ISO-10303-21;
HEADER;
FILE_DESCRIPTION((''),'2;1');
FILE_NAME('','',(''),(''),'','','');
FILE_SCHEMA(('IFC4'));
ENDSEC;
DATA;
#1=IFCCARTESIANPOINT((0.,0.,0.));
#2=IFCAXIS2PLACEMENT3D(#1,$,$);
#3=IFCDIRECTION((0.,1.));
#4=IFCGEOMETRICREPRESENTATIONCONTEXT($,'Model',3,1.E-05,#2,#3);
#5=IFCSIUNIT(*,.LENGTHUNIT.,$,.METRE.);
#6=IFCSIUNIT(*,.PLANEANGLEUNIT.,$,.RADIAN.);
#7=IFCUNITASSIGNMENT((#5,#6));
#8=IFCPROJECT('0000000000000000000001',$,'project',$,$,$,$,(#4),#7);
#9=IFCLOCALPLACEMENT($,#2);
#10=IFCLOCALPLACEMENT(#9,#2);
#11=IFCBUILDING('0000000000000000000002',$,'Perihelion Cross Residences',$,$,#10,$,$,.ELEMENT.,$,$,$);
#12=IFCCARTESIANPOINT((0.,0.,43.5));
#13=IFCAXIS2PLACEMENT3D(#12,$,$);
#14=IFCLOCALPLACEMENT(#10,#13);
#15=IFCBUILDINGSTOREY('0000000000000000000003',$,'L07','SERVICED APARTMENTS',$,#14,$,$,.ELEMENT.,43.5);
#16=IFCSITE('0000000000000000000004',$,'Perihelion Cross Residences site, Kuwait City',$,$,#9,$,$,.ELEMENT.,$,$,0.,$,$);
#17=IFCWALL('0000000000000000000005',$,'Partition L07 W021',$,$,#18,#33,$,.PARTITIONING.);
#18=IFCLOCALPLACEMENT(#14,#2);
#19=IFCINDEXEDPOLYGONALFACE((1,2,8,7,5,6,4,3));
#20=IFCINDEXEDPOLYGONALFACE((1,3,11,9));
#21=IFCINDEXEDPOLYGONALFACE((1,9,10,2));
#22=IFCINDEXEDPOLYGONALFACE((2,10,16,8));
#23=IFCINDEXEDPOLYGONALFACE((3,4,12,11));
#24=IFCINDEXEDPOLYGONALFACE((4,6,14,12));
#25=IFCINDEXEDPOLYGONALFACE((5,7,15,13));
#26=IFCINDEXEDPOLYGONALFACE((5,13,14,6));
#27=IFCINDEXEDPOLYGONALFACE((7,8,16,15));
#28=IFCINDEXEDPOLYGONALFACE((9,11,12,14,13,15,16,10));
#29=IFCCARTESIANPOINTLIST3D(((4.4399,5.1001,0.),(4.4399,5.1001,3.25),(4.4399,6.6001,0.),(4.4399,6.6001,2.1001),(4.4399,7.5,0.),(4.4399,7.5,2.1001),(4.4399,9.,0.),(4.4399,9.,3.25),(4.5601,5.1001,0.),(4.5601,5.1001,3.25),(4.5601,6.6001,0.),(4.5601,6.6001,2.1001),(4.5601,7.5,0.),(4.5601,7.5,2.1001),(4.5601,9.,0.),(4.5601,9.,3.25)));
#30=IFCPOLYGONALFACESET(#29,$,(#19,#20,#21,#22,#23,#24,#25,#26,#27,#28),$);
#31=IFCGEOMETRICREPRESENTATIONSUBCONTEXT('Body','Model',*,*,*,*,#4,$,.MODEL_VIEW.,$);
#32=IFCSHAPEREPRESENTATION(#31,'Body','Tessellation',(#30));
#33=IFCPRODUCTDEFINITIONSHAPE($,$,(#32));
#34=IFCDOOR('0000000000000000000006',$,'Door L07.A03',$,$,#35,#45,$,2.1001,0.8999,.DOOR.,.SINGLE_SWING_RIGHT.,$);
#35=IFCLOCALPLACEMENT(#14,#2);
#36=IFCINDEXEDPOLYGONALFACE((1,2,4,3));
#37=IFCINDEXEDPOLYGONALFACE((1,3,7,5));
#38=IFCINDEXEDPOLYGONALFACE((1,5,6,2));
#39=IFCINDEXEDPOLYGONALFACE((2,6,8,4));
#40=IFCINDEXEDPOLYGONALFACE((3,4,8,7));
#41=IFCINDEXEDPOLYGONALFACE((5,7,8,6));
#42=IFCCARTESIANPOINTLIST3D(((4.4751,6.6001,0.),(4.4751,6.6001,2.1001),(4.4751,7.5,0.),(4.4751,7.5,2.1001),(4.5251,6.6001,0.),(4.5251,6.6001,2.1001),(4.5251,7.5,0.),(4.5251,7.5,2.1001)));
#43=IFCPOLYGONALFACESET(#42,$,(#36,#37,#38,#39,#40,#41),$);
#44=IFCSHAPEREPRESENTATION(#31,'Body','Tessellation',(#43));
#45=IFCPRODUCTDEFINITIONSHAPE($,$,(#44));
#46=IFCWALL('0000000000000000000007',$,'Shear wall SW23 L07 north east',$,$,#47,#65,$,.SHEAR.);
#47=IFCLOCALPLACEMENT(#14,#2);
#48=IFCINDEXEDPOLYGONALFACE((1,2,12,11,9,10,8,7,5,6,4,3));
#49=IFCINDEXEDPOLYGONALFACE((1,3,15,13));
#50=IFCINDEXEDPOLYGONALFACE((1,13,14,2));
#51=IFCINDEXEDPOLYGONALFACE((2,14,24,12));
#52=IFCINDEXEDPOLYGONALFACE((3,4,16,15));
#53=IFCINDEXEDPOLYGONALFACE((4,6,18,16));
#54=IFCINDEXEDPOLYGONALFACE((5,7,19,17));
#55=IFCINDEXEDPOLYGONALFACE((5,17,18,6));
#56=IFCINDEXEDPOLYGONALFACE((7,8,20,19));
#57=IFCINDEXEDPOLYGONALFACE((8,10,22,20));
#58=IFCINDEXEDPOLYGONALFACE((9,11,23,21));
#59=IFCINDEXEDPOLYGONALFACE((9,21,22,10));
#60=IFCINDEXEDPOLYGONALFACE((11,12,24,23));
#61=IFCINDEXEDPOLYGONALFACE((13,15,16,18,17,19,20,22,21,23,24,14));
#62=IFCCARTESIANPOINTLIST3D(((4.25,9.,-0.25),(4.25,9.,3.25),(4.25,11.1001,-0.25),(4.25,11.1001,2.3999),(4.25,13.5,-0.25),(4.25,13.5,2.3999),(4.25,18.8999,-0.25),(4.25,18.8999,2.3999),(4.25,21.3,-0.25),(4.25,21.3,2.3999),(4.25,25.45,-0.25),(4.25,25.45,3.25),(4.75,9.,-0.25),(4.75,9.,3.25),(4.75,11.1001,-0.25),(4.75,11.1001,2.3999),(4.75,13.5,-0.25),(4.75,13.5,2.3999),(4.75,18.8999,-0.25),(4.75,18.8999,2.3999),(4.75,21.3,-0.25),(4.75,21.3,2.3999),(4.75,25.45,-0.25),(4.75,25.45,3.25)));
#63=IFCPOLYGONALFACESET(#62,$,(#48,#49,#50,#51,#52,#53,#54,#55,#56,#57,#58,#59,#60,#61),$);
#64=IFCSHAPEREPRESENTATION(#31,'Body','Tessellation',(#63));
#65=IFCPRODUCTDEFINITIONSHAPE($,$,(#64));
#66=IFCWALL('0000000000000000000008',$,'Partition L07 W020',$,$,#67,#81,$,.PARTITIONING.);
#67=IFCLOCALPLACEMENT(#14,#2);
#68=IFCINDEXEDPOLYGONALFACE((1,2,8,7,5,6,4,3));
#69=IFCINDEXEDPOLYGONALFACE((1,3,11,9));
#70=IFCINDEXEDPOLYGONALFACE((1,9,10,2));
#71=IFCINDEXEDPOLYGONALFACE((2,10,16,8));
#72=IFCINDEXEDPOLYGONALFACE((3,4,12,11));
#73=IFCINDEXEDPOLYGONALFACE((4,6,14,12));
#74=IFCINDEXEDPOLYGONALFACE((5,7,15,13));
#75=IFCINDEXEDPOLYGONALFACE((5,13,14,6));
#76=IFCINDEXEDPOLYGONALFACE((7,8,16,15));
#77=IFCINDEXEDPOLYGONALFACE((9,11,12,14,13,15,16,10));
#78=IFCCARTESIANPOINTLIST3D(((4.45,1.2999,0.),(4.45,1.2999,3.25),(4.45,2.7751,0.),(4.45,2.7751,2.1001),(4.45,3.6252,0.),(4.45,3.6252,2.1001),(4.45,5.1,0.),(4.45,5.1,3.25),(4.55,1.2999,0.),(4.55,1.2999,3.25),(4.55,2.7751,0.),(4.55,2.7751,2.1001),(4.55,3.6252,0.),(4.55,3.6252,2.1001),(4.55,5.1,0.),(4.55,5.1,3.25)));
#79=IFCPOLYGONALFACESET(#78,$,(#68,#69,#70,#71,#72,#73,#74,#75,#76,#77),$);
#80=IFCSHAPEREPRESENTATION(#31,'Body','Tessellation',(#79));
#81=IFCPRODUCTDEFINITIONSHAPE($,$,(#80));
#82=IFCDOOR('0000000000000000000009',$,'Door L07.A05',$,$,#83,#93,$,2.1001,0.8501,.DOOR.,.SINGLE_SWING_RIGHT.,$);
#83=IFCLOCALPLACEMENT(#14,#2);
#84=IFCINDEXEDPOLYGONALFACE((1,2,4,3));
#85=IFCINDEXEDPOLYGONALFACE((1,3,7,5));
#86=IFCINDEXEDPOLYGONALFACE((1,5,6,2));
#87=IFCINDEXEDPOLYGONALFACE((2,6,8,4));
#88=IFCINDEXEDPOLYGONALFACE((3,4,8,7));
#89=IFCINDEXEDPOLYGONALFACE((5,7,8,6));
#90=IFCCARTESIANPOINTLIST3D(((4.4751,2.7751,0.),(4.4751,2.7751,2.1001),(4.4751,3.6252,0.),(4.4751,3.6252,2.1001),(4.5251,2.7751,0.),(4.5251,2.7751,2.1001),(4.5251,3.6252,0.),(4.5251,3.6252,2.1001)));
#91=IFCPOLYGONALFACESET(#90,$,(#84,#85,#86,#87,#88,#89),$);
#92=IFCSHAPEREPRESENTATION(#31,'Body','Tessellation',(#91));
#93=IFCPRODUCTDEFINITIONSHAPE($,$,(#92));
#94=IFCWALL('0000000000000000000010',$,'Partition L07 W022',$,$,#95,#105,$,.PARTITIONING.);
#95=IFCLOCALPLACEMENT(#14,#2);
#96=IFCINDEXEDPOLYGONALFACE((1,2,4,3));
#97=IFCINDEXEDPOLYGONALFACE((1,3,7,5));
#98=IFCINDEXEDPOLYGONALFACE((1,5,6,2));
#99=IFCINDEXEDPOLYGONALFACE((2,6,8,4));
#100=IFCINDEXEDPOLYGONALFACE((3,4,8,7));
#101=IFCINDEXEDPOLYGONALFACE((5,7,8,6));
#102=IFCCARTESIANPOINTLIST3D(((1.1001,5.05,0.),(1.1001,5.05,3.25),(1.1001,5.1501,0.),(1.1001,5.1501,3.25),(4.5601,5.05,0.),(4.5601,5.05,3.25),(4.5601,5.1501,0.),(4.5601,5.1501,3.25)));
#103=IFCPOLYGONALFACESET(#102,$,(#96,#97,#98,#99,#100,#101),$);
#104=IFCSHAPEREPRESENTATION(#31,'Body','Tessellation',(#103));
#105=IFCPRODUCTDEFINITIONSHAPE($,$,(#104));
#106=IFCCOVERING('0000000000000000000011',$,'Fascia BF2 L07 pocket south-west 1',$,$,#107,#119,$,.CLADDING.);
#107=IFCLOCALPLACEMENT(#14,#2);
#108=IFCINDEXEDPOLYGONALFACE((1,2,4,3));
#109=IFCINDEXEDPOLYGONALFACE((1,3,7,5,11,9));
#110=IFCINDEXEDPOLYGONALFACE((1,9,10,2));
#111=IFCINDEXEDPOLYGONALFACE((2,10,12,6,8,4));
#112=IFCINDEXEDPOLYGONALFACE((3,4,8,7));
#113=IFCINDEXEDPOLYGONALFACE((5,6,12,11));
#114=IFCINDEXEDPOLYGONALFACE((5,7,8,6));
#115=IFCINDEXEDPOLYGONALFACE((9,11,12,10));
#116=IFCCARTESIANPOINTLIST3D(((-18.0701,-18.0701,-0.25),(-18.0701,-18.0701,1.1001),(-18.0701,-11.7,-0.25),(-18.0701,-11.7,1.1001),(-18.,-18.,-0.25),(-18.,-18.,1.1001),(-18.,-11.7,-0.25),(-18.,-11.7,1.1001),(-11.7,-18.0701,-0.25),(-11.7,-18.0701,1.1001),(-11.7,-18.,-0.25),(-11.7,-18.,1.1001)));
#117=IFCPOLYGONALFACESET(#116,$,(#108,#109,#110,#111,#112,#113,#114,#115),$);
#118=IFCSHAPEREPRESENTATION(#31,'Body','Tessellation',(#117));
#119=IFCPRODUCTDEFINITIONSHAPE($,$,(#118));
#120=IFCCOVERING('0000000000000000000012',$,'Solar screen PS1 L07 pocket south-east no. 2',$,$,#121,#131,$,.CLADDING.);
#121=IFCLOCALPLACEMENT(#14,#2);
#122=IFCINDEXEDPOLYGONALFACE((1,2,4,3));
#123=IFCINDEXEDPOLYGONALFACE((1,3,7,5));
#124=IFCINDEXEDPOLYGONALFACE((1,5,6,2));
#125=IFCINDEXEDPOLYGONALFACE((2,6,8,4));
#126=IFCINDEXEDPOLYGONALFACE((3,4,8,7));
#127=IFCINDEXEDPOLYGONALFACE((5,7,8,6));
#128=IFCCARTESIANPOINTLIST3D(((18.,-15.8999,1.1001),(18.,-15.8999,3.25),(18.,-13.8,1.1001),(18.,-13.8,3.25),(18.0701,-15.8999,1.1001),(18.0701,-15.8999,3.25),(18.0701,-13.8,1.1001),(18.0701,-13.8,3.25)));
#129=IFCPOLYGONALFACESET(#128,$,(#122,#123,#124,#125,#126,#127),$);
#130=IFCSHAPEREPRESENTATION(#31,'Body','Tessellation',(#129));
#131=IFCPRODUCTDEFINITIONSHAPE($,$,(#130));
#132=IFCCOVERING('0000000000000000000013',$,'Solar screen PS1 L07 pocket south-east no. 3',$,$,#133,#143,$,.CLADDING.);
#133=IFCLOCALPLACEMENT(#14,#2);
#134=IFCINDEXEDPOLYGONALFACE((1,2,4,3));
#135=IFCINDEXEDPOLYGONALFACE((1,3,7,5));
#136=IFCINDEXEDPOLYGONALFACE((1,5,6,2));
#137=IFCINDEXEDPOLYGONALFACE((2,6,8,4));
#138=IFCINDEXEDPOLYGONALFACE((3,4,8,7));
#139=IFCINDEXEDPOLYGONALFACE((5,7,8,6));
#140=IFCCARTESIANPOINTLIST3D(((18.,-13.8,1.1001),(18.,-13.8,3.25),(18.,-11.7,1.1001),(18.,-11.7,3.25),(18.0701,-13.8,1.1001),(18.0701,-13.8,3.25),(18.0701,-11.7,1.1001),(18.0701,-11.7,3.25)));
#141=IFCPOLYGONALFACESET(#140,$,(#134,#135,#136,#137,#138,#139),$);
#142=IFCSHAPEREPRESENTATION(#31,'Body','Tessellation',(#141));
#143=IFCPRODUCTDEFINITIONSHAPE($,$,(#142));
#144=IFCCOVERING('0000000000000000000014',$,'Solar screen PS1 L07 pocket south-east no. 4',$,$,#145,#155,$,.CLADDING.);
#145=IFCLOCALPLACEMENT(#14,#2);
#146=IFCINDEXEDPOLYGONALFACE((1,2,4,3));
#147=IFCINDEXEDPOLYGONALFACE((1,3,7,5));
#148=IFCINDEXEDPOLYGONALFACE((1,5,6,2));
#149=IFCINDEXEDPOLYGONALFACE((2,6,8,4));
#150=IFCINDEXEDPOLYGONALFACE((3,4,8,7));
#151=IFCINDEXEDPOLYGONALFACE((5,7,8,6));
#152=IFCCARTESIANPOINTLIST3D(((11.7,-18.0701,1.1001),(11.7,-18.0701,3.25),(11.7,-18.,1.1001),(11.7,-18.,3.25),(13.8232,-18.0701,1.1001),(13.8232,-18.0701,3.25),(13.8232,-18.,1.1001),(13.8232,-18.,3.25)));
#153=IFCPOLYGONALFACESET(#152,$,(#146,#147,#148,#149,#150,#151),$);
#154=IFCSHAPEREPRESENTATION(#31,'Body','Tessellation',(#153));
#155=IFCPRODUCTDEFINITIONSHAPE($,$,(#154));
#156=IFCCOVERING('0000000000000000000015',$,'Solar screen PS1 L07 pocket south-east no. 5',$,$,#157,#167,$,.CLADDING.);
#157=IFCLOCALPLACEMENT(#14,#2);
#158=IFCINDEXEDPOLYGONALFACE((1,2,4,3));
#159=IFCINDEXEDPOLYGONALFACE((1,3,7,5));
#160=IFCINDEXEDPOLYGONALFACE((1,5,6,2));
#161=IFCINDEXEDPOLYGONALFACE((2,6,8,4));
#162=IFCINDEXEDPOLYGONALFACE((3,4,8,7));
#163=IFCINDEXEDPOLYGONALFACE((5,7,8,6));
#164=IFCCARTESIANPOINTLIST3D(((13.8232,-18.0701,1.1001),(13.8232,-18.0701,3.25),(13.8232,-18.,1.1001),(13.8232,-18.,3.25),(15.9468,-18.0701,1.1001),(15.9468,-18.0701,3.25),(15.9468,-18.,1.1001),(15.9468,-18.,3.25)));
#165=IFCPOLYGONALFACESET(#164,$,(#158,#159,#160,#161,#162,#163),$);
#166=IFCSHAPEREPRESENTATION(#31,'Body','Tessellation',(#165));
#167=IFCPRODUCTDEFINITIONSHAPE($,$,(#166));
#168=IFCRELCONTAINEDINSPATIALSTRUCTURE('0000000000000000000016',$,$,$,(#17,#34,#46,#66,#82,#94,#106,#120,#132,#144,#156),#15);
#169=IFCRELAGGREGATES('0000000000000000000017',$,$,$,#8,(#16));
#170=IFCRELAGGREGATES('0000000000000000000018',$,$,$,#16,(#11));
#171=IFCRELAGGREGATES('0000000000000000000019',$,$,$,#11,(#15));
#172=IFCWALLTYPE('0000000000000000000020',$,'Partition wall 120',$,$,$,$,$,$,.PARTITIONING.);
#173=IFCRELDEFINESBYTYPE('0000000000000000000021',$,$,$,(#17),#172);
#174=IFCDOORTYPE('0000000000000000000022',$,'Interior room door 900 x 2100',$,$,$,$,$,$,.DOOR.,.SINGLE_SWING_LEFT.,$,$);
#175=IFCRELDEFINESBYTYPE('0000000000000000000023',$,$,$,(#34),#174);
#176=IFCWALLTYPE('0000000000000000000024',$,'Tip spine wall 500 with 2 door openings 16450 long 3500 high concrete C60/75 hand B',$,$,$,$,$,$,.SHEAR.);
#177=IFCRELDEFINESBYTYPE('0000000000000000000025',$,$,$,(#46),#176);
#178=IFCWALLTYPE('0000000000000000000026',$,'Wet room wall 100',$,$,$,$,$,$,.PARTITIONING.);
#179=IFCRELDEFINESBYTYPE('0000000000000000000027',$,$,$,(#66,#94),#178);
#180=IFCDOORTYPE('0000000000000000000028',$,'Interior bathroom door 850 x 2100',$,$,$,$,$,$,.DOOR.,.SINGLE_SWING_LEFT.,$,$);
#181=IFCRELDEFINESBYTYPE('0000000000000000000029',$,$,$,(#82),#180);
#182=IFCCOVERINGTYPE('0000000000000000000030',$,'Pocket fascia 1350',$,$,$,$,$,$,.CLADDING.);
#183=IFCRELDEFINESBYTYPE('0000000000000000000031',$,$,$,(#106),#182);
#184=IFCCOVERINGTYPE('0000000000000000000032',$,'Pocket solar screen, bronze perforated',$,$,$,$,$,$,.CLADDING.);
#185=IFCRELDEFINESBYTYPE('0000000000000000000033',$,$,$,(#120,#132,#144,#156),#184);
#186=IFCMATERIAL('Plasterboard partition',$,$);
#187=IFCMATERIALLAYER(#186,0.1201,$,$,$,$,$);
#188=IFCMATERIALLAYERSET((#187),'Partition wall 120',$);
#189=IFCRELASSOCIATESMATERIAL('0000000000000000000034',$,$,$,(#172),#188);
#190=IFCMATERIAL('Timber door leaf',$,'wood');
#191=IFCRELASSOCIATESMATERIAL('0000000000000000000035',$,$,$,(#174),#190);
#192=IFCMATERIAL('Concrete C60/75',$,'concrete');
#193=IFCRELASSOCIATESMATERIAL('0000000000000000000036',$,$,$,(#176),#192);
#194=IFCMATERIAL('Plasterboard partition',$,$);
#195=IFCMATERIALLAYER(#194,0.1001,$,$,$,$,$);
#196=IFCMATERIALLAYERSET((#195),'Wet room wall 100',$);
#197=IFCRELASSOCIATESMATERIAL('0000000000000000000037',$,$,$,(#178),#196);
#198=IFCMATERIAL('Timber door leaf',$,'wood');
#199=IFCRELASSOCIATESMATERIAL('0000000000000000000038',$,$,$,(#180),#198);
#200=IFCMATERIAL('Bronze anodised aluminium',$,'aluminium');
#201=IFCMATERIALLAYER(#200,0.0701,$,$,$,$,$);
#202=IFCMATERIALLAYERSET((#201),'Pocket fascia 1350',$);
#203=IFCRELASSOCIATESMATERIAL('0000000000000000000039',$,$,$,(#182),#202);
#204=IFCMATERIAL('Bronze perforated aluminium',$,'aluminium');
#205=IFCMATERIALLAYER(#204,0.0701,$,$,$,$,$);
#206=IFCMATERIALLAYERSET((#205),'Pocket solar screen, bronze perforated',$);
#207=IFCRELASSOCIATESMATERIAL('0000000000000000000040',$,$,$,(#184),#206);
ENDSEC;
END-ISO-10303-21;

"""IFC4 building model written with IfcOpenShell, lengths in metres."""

from ifc_helpers import new_model, si_unit, direction, frame, frame_2d, origin, place, context, subcontext, project, spatial, polyline, rectangle, outline, extrude, material, layer, layer_set, material_profile, profile_set, type_object, element, fill, save


model = new_model("IFC4")

# Units and contexts
model_context = context("Model", 3, precision=1e-05, world=origin(), true_north=direction((0.0, 1.0)))
body_context = subcontext(model_context, "Body", "Model", "MODEL_VIEW")
ifc_project = project(units=[si_unit("LENGTHUNIT", "METRE"), si_unit("PLANEANGLEUNIT", "RADIAN")], contexts=[model_context])

# Site, building, storey
site_placement = place(None, origin())
site = spatial("IfcSite", under=ifc_project, at=site_placement, Name="Perihelion Cross Residences site, Kuwait City", CompositionType="ELEMENT", RefElevation=0.0)
building_placement = place(site_placement, origin())
building = spatial("IfcBuilding", under=site, at=building_placement, Name="Perihelion Cross Residences", CompositionType="ELEMENT")
storey_placement = place(building_placement, frame((0.0, 0.0, 43.5)))
storey = spatial("IfcBuildingStorey", under=building, at=storey_placement, Name="L07", Description="SERVICED APARTMENTS", CompositionType="ELEMENT", Elevation=43.5)

# Wall, opening, door
ifc_material_1 = material(Name="Plasterboard partition")
ifc_layer_1 = layer(ifc_material_1, 0.1201)
ifc_layer_set_1 = layer_set([ifc_layer_1], Name="Partition wall 120")
wall_type_1 = type_object("IfcWallType", Name="Partition wall 120", PredefinedType="PARTITIONING", material=ifc_layer_set_1)
wall_1_placement = place(storey_placement, frame((4.5, 5.1001, 0.0), z_axis=(0.0, 0.0, 1.0), x_axis=(0.0, 1.0, 0.0)))
wall_1 = element("IfcWall", 1, at=wall_1_placement, inside=storey, type_object=wall_type_1, Name="Partition L07 W021", PredefinedType="PARTITIONING", context=body_context, shape_type="SweptSolid", body=[
    extrude(rectangle(XDim=3.8999, YDim=0.1201, at=frame_2d((1.95, 0.0))), origin(), (0.0, 0.0, 1.0), 3.25),
])
opening_1_placement = place(wall_1_placement, frame((1.5, 0.0, 0.0)))
opening_1 = element("IfcOpeningElement", 2, at=opening_1_placement, cuts=wall_1, PredefinedType="OPENING", context=body_context, shape_type="SweptSolid", body=[
    extrude(rectangle(XDim=0.8999, YDim=2.1001, at=frame_2d((0.45, 1.05))), frame((0.0, 0.0701, 0.0), z_axis=(0.0, -1.0, 0.0), x_axis=(1.0, 0.0, 0.0)), (0.0, 0.0, 1.0), 0.1401),
])
ifc_material_2 = material(Name="Timber door leaf", Category="wood")
door_type_1 = type_object("IfcDoorType", Name="Interior room door 900 x 2100", OperationType="SINGLE_SWING_LEFT", PredefinedType="DOOR", material=ifc_material_2)
door_1_placement = place(opening_1_placement, origin())
door_1 = element("IfcDoor", 3, at=door_1_placement, inside=storey, type_object=door_type_1, Name="Door L07.A03", OperationType="SINGLE_SWING_RIGHT", OverallHeight=2.1001, OverallWidth=0.8999, PredefinedType="DOOR", context=body_context, shape_type="SweptSolid", body=[
    extrude(rectangle(XDim=0.8999, YDim=2.1001, at=frame_2d((0.45, 1.05))), frame((0.0, 0.0249, 0.0), z_axis=(0.0, -1.0, 0.0), x_axis=(1.0, 0.0, 0.0)), (0.0, 0.0, 1.0), 0.05),
])
fill(opening_1, door_1)

# Wall
ifc_material_3 = material(Name="Concrete C60/75", Category="concrete")
ifc_material_profile_1 = material_profile(ifc_material_3, outline(polyline([(0.0, 0.0), (2.1001, 0.0), (2.1001, 2.6499), (4.5, 2.6499), (4.5, 0.0), (9.8999, 0.0), (9.8999, 2.6499), (12.3, 2.6499), (12.3, 0.0), (16.45, 0.0), (16.45, 3.5), (0.0, 3.5), (0.0, 0.0)])), Name="Tip spine wall")
ifc_profile_set_1 = profile_set([ifc_material_profile_1], Name="Concrete C60/75")
wall_type_2 = type_object("IfcWallType", Name="Tip spine wall 500 with 2 door openings 16450 long 3500 high concrete C60/75 hand B", PredefinedType="SHEAR", material=ifc_profile_set_1)
wall_2_placement = place(storey_placement, frame((4.25, 9.0, -0.25), z_axis=(1.0, 0.0, 0.0), x_axis=(0.0, 1.0, 0.0)))
element("IfcWall", 4, at=wall_2_placement, inside=storey, type_object=wall_type_2, Name="Shear wall SW23 L07 north east", PredefinedType="SHEAR", context=body_context, shape_type="SweptSolid", body=[
    extrude(outline(polyline([(0.0, 0.0), (2.1001, 0.0), (2.1001, 2.6499), (4.5, 2.6499), (4.5, 0.0), (9.8999, 0.0), (9.8999, 2.6499), (12.3, 2.6499), (12.3, 0.0), (16.45, 0.0), (16.45, 3.5), (0.0, 3.5), (0.0, 0.0)])), origin(), (0.0, 0.0, 1.0), 0.5),
])

# Wall, opening, door
ifc_material_4 = material(Name="Plasterboard partition")
ifc_layer_2 = layer(ifc_material_4, 0.1001)
ifc_layer_set_2 = layer_set([ifc_layer_2], Name="Wet room wall 100")
wall_type_3 = type_object("IfcWallType", Name="Wet room wall 100", PredefinedType="PARTITIONING", material=ifc_layer_set_2)
wall_3_placement = place(storey_placement, frame((4.5, 1.3, 0.0), z_axis=(0.0, 0.0, 1.0), x_axis=(0.0, 1.0, 0.0)))
wall_3 = element("IfcWall", 5, at=wall_3_placement, inside=storey, type_object=wall_type_3, Name="Partition L07 W020", PredefinedType="PARTITIONING", context=body_context, shape_type="SweptSolid", body=[
    extrude(rectangle(XDim=3.8, YDim=0.1001, at=frame_2d((1.8999, 0.0))), origin(), (0.0, 0.0, 1.0), 3.25),
])
opening_2_placement = place(wall_3_placement, frame((1.4751, 0.0, 0.0)))
opening_2 = element("IfcOpeningElement", 6, at=opening_2_placement, cuts=wall_3, PredefinedType="OPENING", context=body_context, shape_type="SweptSolid", body=[
    extrude(rectangle(XDim=0.8501, YDim=2.1001, at=frame_2d((0.425, 1.05))), frame((0.0, 0.0601, 0.0), z_axis=(0.0, -1.0, 0.0), x_axis=(1.0, 0.0, 0.0)), (0.0, 0.0, 1.0), 0.1201),
])
ifc_material_5 = material(Name="Timber door leaf", Category="wood")
door_type_2 = type_object("IfcDoorType", Name="Interior bathroom door 850 x 2100", OperationType="SINGLE_SWING_LEFT", PredefinedType="DOOR", material=ifc_material_5)
door_2_placement = place(opening_2_placement, origin())
door_2 = element("IfcDoor", 7, at=door_2_placement, inside=storey, type_object=door_type_2, Name="Door L07.A05", OperationType="SINGLE_SWING_RIGHT", OverallHeight=2.1001, OverallWidth=0.8501, PredefinedType="DOOR", context=body_context, shape_type="SweptSolid", body=[
    extrude(rectangle(XDim=0.8501, YDim=2.1001, at=frame_2d((0.425, 1.05))), frame((0.0, 0.0249, 0.0), z_axis=(0.0, -1.0, 0.0), x_axis=(1.0, 0.0, 0.0)), (0.0, 0.0, 1.0), 0.05),
])
fill(opening_2, door_2)

# Wall
wall_4_placement = place(storey_placement, frame((1.1001, 5.1001, 0.0), z_axis=(0.0, 0.0, 1.0), x_axis=(1.0, 0.0, 0.0)))
element("IfcWall", 8, at=wall_4_placement, inside=storey, type_object=wall_type_3, Name="Partition L07 W022", PredefinedType="PARTITIONING", context=body_context, shape_type="SweptSolid", body=[
    extrude(rectangle(XDim=3.46, YDim=0.1001, at=frame_2d((1.73, 0.0))), origin(), (0.0, 0.0, 1.0), 3.25),
])

# Coverings
ifc_material_6 = material(Name="Bronze anodised aluminium", Category="aluminium")
ifc_layer_3 = layer(ifc_material_6, 0.0701)
ifc_layer_set_3 = layer_set([ifc_layer_3], Name="Pocket fascia 1350")
covering_type_1 = type_object("IfcCoveringType", Name="Pocket fascia 1350", PredefinedType="CLADDING", material=ifc_layer_set_3)
covering_1_placement = place(storey_placement, frame((0.0, 0.0, -0.25)))
element("IfcCovering", 9, at=covering_1_placement, inside=storey, type_object=covering_type_1, Name="Fascia BF2 L07 pocket south-west 1", PredefinedType="CLADDING", context=body_context, shape_type="SweptSolid", body=[
    extrude(outline(polyline([(-18.0701, -11.7), (-18.0701, -18.0701), (-11.7, -18.0701), (-11.7, -18.0), (-18.0, -18.0), (-18.0, -11.7), (-18.0701, -11.7)])), origin(), (0.0, 0.0, 1.0), 1.3501),
])
ifc_material_7 = material(Name="Bronze perforated aluminium", Category="aluminium")
ifc_layer_4 = layer(ifc_material_7, 0.0701)
ifc_layer_set_4 = layer_set([ifc_layer_4], Name="Pocket solar screen, bronze perforated")
covering_type_2 = type_object("IfcCoveringType", Name="Pocket solar screen, bronze perforated", PredefinedType="CLADDING", material=ifc_layer_set_4)
covering_2_placement = place(storey_placement, frame((0.0, 0.0, 1.1001)))
element("IfcCovering", 10, at=covering_2_placement, inside=storey, type_object=covering_type_2, Name="Solar screen PS1 L07 pocket south-east no. 2", PredefinedType="CLADDING", context=body_context, shape_type="SweptSolid", body=[
    extrude(outline(polyline([(18.0701, -15.8999), (18.0701, -13.8), (18.0, -13.8), (18.0, -15.8999), (18.0701, -15.8999)])), origin(), (0.0, 0.0, 1.0), 2.1499),
])
covering_3_placement = place(storey_placement, frame((0.0, 0.0, 1.1001)))
element("IfcCovering", 11, at=covering_3_placement, inside=storey, type_object=covering_type_2, Name="Solar screen PS1 L07 pocket south-east no. 3", PredefinedType="CLADDING", context=body_context, shape_type="SweptSolid", body=[
    extrude(outline(polyline([(18.0701, -13.8), (18.0701, -11.7), (18.0, -11.7), (18.0, -13.8), (18.0701, -13.8)])), origin(), (0.0, 0.0, 1.0), 2.1499),
])
covering_4_placement = place(storey_placement, frame((0.0, 0.0, 1.1001)))
element("IfcCovering", 12, at=covering_4_placement, inside=storey, type_object=covering_type_2, Name="Solar screen PS1 L07 pocket south-east no. 4", PredefinedType="CLADDING", context=body_context, shape_type="SweptSolid", body=[
    extrude(outline(polyline([(13.8232, -18.0701), (13.8232, -18.0), (11.7, -18.0), (11.7, -18.0701), (13.8232, -18.0701)])), origin(), (0.0, 0.0, 1.0), 2.1499),
])
covering_5_placement = place(storey_placement, frame((0.0, 0.0, 1.1001)))
element("IfcCovering", 13, at=covering_5_placement, inside=storey, type_object=covering_type_2, Name="Solar screen PS1 L07 pocket south-east no. 5", PredefinedType="CLADDING", context=body_context, shape_type="SweptSolid", body=[
    extrude(outline(polyline([(15.9468, -18.0701), (15.9468, -18.0), (13.8232, -18.0), (13.8232, -18.0701), (15.9468, -18.0701)])), origin(), (0.0, 0.0, 1.0), 2.1499),
])

save(model, "model.ifc")
